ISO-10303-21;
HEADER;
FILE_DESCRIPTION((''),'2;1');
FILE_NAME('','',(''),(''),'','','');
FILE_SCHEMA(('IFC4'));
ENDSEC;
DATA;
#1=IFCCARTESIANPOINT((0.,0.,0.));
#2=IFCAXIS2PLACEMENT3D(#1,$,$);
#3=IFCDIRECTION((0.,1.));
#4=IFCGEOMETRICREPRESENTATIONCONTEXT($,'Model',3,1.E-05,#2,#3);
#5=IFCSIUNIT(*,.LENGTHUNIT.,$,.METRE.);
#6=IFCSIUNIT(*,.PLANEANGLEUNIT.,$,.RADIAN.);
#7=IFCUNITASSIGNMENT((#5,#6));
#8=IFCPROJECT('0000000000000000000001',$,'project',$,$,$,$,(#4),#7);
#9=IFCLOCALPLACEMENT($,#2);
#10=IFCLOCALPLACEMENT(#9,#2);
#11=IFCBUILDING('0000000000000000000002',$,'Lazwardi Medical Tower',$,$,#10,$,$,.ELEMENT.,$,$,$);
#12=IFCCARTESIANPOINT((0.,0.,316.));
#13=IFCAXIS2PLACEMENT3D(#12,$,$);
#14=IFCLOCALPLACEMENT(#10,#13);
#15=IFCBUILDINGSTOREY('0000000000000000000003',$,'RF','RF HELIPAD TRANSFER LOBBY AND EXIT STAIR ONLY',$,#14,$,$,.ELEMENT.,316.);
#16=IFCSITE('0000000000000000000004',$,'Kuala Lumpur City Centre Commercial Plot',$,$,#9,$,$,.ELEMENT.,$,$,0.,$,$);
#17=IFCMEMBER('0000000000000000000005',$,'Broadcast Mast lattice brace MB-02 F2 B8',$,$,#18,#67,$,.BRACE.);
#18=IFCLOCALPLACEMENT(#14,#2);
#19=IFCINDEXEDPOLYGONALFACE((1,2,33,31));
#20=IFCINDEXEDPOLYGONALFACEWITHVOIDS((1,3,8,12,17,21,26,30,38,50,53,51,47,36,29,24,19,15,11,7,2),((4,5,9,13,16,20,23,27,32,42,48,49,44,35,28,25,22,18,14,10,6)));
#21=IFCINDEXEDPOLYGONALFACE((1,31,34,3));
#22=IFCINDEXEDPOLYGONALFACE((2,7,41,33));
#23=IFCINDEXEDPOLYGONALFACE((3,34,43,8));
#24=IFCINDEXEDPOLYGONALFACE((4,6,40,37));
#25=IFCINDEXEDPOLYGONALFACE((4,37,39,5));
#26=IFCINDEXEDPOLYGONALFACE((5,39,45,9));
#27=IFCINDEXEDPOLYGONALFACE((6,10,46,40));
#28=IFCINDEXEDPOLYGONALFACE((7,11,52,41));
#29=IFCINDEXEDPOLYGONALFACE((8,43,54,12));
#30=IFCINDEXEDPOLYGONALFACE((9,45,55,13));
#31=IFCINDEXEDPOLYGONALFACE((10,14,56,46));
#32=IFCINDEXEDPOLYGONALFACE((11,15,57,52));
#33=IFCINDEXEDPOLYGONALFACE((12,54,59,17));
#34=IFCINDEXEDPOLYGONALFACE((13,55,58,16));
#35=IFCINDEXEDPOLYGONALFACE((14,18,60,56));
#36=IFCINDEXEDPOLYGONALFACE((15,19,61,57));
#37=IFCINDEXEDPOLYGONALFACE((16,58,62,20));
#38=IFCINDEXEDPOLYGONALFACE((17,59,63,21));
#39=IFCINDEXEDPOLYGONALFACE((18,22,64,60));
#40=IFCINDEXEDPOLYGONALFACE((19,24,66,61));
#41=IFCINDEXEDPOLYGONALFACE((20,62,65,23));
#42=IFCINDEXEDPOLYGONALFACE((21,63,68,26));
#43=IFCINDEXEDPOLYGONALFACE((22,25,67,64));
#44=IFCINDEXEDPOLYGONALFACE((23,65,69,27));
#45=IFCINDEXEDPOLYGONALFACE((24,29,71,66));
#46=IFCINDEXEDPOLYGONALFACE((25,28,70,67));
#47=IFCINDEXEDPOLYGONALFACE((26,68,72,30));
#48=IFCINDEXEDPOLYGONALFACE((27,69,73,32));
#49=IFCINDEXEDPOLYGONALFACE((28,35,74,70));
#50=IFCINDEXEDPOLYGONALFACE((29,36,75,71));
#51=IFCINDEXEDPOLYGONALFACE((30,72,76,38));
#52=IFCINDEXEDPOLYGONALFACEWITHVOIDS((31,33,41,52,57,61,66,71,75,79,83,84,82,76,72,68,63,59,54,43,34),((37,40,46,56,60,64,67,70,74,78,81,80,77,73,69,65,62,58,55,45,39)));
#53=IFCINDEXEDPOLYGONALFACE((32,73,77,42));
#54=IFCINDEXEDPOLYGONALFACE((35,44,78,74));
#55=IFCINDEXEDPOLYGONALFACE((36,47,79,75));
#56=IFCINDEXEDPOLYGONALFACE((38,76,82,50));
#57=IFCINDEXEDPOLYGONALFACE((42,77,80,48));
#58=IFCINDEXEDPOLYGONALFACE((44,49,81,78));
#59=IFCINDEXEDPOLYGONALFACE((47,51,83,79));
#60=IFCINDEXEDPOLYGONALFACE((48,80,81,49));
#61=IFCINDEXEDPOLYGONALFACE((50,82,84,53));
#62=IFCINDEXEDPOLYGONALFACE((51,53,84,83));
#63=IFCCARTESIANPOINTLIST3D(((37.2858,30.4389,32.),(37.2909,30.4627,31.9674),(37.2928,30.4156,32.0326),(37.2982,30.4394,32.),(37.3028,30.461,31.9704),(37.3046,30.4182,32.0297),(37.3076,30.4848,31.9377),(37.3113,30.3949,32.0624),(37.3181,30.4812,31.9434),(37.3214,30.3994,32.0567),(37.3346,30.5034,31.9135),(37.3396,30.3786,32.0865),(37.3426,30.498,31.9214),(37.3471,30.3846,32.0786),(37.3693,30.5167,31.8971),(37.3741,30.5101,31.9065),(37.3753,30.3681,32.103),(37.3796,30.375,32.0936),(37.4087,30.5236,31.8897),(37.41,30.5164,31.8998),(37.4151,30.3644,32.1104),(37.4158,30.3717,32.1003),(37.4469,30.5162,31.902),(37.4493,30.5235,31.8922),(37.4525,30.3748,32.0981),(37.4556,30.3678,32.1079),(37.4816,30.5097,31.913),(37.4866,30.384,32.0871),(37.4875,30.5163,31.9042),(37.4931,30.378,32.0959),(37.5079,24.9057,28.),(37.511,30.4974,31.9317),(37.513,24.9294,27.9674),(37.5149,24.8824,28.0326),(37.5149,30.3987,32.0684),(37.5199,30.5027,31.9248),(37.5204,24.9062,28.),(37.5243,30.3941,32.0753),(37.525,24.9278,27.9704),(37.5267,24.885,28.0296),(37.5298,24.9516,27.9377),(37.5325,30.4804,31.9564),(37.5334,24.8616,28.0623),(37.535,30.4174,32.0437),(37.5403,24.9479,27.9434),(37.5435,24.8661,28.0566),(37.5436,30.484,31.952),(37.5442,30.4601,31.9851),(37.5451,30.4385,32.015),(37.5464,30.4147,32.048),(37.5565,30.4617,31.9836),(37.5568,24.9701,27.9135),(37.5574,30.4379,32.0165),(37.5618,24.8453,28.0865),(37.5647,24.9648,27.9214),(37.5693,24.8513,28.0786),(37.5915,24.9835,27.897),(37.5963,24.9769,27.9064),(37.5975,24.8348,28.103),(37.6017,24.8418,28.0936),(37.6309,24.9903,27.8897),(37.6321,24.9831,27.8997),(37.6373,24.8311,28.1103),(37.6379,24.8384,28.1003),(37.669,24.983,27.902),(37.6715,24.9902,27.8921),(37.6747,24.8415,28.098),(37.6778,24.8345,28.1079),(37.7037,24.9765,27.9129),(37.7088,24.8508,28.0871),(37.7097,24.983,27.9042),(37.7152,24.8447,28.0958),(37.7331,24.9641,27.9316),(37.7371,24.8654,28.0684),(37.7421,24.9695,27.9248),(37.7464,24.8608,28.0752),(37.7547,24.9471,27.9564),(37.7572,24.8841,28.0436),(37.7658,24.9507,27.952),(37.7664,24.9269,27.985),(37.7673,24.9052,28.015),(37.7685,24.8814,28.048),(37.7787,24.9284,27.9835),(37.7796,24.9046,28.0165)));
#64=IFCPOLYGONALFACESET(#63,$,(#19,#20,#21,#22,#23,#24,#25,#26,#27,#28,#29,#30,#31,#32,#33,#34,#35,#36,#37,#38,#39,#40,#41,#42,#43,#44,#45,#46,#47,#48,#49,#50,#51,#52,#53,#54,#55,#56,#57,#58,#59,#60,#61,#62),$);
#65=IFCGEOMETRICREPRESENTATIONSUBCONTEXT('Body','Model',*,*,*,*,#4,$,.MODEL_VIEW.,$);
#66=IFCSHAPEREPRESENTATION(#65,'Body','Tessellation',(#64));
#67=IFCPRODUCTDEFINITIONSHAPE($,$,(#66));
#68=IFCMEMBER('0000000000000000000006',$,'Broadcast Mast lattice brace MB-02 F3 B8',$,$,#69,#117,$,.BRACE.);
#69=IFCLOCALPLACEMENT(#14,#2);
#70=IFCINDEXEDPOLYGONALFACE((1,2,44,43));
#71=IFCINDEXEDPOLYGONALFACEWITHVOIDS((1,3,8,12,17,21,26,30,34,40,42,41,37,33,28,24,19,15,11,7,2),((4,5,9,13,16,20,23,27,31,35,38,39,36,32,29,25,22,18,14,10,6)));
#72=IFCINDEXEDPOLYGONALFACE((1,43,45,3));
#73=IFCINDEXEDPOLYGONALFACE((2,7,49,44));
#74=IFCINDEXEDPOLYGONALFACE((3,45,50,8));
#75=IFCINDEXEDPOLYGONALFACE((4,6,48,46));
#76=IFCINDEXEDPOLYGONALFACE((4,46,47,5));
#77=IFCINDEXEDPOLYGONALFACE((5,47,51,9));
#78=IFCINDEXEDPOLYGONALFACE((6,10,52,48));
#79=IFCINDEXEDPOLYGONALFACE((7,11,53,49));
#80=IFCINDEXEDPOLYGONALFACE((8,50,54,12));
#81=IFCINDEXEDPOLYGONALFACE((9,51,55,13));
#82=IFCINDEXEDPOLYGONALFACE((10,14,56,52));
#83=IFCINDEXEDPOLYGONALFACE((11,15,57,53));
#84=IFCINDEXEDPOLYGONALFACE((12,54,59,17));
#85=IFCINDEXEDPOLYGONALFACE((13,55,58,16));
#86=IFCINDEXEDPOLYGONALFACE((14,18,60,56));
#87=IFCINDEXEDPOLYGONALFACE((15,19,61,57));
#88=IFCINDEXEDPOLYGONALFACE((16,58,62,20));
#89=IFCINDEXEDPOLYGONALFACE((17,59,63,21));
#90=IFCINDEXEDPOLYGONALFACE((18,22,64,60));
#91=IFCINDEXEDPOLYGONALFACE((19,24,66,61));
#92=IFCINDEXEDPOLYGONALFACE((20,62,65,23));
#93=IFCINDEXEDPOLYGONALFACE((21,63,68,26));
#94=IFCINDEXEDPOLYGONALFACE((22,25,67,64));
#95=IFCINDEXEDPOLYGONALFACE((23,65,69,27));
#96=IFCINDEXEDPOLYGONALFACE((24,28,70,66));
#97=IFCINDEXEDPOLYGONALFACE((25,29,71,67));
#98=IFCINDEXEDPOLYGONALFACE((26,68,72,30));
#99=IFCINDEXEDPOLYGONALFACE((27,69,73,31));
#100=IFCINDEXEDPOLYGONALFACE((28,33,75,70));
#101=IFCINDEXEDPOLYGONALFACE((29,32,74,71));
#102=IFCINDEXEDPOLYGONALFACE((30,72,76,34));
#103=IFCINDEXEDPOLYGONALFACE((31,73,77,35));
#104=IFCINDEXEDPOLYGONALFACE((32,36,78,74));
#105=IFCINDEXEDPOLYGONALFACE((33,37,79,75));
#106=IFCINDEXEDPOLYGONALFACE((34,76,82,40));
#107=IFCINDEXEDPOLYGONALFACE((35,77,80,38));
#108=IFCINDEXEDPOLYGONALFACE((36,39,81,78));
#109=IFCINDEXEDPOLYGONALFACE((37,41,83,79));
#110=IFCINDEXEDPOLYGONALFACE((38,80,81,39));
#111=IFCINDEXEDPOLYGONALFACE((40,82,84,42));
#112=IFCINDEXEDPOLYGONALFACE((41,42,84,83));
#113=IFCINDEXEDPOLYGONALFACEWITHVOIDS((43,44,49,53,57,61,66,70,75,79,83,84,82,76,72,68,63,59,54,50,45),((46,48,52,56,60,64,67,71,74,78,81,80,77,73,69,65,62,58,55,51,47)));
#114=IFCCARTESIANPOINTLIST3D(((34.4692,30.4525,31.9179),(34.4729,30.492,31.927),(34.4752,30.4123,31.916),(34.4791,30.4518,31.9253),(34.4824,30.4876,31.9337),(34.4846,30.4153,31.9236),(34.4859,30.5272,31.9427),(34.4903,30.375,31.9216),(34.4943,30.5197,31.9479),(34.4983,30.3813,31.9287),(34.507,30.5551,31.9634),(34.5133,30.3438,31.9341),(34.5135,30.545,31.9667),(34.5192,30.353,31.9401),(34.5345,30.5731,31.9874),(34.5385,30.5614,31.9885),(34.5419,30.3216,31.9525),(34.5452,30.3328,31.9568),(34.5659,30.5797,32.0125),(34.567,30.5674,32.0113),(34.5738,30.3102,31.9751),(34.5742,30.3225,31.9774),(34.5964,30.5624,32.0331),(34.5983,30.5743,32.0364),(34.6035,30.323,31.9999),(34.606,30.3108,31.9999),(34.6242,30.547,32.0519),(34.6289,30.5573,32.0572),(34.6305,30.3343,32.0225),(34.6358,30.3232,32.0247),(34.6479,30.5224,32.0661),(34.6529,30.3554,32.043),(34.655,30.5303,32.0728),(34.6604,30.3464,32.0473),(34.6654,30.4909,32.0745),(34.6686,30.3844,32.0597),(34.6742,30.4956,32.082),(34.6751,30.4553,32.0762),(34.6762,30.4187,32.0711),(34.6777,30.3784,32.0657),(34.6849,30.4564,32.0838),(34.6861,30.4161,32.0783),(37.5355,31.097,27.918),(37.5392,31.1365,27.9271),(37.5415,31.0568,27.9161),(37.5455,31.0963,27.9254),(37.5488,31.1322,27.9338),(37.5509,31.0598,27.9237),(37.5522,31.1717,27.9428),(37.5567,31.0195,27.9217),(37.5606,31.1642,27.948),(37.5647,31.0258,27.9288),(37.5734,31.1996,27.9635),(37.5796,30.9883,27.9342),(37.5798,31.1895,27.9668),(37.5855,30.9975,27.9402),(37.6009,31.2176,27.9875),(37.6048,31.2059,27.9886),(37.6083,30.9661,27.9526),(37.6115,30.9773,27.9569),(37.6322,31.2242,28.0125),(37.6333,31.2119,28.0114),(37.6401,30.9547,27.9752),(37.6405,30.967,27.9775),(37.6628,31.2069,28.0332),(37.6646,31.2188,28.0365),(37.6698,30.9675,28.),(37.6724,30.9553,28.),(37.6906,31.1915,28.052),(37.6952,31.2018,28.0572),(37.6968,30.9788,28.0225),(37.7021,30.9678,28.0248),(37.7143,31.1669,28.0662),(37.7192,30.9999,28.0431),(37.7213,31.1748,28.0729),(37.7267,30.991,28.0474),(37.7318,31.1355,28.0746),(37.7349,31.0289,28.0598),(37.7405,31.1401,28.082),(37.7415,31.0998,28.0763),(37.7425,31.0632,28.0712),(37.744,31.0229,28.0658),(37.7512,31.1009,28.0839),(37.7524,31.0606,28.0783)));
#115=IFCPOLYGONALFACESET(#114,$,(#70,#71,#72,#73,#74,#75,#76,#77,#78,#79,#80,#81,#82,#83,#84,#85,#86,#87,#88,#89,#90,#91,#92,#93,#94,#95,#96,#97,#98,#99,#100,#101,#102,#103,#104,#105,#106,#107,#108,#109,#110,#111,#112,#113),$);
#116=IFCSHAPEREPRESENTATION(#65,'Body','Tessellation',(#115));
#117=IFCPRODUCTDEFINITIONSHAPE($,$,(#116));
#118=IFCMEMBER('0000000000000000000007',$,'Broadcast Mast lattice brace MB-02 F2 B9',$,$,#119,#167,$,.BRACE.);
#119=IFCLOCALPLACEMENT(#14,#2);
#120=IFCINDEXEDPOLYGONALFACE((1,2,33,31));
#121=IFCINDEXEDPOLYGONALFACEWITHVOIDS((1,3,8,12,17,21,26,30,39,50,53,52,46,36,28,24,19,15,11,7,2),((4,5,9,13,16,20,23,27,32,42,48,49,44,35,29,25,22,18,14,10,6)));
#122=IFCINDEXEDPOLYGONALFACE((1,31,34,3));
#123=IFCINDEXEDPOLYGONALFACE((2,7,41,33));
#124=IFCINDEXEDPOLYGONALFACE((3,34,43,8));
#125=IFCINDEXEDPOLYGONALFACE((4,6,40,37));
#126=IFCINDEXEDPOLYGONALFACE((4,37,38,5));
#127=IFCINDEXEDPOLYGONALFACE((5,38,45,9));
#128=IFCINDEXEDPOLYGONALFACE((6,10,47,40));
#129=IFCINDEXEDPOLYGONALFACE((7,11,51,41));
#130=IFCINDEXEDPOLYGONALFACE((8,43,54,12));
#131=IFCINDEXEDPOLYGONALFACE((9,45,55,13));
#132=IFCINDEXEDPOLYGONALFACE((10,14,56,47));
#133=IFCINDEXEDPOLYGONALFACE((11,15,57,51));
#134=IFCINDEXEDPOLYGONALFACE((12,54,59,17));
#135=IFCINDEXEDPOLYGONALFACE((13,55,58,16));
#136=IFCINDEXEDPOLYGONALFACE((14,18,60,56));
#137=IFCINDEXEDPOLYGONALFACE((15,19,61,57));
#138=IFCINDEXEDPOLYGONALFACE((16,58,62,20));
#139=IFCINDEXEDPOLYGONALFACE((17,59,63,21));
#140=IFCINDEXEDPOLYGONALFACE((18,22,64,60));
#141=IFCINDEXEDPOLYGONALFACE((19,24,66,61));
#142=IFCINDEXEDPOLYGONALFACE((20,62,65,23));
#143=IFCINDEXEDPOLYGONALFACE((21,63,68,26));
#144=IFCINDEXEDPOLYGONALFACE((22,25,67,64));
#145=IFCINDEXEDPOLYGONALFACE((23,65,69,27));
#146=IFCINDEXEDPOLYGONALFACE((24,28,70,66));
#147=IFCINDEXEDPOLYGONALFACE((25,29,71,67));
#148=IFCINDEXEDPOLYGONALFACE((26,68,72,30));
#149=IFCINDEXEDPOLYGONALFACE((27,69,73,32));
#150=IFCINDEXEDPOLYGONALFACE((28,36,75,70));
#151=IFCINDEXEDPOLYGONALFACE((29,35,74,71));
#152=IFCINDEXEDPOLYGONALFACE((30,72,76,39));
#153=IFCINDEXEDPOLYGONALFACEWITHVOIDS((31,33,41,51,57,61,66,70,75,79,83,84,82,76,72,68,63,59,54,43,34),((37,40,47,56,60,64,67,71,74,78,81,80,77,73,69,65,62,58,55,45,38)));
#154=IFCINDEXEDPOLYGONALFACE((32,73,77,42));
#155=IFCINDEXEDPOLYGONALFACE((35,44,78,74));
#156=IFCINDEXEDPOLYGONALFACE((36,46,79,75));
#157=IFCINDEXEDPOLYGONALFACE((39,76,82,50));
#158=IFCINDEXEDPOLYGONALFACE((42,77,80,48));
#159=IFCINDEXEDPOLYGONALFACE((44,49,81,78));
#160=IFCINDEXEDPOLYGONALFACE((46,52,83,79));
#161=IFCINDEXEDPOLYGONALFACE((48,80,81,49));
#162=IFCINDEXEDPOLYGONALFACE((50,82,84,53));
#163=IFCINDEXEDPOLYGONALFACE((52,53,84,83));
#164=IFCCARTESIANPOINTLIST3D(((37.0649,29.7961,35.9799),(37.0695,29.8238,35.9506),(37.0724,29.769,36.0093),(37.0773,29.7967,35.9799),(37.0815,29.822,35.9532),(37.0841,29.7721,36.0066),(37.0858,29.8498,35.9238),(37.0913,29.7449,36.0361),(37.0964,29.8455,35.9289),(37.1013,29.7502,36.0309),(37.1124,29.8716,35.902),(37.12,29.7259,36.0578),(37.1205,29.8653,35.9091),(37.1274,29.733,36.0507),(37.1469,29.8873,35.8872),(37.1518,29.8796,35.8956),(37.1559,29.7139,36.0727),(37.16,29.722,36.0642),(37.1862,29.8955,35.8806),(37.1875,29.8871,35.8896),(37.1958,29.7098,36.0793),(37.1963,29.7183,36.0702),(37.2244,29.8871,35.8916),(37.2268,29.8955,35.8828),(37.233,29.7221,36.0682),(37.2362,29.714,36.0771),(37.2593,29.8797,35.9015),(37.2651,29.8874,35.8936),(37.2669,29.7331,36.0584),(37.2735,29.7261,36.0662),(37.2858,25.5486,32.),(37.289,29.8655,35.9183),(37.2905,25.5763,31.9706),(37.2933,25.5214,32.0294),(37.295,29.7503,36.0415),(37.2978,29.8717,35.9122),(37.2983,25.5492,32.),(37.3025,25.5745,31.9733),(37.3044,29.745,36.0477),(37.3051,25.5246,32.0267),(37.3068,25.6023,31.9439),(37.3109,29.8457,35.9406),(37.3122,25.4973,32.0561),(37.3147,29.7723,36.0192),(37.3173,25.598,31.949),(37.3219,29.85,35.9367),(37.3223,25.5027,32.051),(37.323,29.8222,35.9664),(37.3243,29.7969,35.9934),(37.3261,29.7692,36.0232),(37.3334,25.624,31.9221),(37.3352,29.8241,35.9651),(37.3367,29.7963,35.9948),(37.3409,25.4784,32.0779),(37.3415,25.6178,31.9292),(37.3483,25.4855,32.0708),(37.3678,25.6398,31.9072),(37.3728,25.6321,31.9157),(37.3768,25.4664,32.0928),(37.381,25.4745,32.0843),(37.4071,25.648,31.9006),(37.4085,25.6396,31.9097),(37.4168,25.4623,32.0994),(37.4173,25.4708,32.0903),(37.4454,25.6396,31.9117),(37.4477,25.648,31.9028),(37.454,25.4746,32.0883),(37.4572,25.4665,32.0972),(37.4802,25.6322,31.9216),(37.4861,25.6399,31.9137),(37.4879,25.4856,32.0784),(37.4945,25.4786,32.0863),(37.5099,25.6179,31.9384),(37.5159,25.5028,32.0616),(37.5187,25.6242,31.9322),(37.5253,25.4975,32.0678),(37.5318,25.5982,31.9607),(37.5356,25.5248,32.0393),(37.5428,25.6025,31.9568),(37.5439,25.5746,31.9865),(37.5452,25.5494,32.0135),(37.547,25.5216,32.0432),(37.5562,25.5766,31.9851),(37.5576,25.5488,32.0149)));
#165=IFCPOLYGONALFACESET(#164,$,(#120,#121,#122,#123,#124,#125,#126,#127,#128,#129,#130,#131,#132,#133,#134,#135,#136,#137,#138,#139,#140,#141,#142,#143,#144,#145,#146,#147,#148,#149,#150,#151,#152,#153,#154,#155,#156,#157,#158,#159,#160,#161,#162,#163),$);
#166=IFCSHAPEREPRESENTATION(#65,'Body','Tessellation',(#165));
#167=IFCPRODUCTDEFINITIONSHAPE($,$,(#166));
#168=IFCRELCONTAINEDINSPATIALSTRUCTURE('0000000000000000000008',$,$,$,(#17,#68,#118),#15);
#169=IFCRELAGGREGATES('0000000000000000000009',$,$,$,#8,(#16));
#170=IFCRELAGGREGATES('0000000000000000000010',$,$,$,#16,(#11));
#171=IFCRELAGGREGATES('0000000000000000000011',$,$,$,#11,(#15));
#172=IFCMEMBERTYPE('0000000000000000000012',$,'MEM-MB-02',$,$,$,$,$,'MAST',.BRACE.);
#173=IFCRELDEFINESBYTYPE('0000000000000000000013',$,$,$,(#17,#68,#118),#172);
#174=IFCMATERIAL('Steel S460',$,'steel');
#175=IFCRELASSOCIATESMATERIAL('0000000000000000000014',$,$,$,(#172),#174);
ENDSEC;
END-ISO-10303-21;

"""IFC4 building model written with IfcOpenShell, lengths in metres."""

from ifc_helpers import new_model, si_unit, direction, frame, origin, origin_2d, place, context, subcontext, project, spatial, hollow_circle, extrude, material, material_profile, profile_set, type_object, element, save


model = new_model("IFC4")

# Units and contexts
model_context = context("Model", 3, precision=1e-05, world=origin(), true_north=direction((0.0, 1.0)))
body_context = subcontext(model_context, "Body", "Model", "MODEL_VIEW")
ifc_project = project(units=[si_unit("LENGTHUNIT", "METRE"), si_unit("PLANEANGLEUNIT", "RADIAN")], contexts=[model_context])

# Site, building, storey
site_placement = place(None, origin())
site = spatial("IfcSite", under=ifc_project, at=site_placement, Name="Kuala Lumpur City Centre Commercial Plot", CompositionType="ELEMENT", RefElevation=0.0)
building_placement = place(site_placement, origin())
building = spatial("IfcBuilding", under=site, at=building_placement, Name="Lazwardi Medical Tower", CompositionType="ELEMENT")
storey_placement = place(building_placement, frame((0.0, 0.0, 316.0)))
storey = spatial("IfcBuildingStorey", under=building, at=storey_placement, Name="RF", Description="RF HELIPAD TRANSFER LOBBY AND EXIT STAIR ONLY", CompositionType="ELEMENT", Elevation=316.0)

# Members
ifc_material = material(Name="Steel S460", Category="steel")
ifc_material_profile_1 = material_profile(ifc_material, hollow_circle(Radius=0.1365, WallThickness=0.0125, at=origin_2d()), Name="CHS 273x12.5")
ifc_profile_set_1 = profile_set([ifc_material_profile_1], Name="Steel S460")
member_type_1 = type_object("IfcMemberType", Name="MEM-MB-02", ElementType="MAST", PredefinedType="BRACE", material=ifc_profile_set_1)
member_1_placement = place(storey_placement, frame((37.6443, 24.9111, 28.0), z_axis=(-0.032522, 0.809986, 0.585546), x_axis=(-0.999195, -0.040119, 0.0)))
element("IfcMember", 1, at=member_1_placement, inside=storey, type_object=member_type_1, Name="Broadcast Mast lattice brace MB-02 F2 B8", PredefinedType="BRACE", context=body_context, shape_type="SweptSolid", body=[
    extrude(hollow_circle(Radius=0.1365, WallThickness=0.0125, at=origin_2d()), origin(), (0.0, 0.0, 1.0), 6.8313),
])
member_2_placement = place(storey_placement, frame((37.6443, 31.0889, 28.0), z_axis=(-0.603485, -0.126847, 0.787221), x_axis=(0.205696, -0.978616, 0.0)))
element("IfcMember", 2, at=member_2_placement, inside=storey, type_object=member_type_1, Name="Broadcast Mast lattice brace MB-02 F3 B8", PredefinedType="BRACE", context=body_context, shape_type="SweptSolid", body=[
    extrude(hollow_circle(Radius=0.1365, WallThickness=0.0125, at=origin_2d()), origin(), (0.0, 0.0, 1.0), 5.0811),
])
member_3_placement = place(storey_placement, frame((37.4221, 25.5557, 32.0), z_axis=(-0.037931, 0.729193, 0.683257), x_axis=(-0.99865, -0.051947, 0.0)))
element("IfcMember", 3, at=member_3_placement, inside=storey, type_object=member_type_1, Name="Broadcast Mast lattice brace MB-02 F2 B9", PredefinedType="BRACE", context=body_context, shape_type="SweptSolid", body=[
    extrude(hollow_circle(Radius=0.1365, WallThickness=0.0125, at=origin_2d()), origin(), (0.0, 0.0, 1.0), 5.825),
])

save(model, "model.ifc")
